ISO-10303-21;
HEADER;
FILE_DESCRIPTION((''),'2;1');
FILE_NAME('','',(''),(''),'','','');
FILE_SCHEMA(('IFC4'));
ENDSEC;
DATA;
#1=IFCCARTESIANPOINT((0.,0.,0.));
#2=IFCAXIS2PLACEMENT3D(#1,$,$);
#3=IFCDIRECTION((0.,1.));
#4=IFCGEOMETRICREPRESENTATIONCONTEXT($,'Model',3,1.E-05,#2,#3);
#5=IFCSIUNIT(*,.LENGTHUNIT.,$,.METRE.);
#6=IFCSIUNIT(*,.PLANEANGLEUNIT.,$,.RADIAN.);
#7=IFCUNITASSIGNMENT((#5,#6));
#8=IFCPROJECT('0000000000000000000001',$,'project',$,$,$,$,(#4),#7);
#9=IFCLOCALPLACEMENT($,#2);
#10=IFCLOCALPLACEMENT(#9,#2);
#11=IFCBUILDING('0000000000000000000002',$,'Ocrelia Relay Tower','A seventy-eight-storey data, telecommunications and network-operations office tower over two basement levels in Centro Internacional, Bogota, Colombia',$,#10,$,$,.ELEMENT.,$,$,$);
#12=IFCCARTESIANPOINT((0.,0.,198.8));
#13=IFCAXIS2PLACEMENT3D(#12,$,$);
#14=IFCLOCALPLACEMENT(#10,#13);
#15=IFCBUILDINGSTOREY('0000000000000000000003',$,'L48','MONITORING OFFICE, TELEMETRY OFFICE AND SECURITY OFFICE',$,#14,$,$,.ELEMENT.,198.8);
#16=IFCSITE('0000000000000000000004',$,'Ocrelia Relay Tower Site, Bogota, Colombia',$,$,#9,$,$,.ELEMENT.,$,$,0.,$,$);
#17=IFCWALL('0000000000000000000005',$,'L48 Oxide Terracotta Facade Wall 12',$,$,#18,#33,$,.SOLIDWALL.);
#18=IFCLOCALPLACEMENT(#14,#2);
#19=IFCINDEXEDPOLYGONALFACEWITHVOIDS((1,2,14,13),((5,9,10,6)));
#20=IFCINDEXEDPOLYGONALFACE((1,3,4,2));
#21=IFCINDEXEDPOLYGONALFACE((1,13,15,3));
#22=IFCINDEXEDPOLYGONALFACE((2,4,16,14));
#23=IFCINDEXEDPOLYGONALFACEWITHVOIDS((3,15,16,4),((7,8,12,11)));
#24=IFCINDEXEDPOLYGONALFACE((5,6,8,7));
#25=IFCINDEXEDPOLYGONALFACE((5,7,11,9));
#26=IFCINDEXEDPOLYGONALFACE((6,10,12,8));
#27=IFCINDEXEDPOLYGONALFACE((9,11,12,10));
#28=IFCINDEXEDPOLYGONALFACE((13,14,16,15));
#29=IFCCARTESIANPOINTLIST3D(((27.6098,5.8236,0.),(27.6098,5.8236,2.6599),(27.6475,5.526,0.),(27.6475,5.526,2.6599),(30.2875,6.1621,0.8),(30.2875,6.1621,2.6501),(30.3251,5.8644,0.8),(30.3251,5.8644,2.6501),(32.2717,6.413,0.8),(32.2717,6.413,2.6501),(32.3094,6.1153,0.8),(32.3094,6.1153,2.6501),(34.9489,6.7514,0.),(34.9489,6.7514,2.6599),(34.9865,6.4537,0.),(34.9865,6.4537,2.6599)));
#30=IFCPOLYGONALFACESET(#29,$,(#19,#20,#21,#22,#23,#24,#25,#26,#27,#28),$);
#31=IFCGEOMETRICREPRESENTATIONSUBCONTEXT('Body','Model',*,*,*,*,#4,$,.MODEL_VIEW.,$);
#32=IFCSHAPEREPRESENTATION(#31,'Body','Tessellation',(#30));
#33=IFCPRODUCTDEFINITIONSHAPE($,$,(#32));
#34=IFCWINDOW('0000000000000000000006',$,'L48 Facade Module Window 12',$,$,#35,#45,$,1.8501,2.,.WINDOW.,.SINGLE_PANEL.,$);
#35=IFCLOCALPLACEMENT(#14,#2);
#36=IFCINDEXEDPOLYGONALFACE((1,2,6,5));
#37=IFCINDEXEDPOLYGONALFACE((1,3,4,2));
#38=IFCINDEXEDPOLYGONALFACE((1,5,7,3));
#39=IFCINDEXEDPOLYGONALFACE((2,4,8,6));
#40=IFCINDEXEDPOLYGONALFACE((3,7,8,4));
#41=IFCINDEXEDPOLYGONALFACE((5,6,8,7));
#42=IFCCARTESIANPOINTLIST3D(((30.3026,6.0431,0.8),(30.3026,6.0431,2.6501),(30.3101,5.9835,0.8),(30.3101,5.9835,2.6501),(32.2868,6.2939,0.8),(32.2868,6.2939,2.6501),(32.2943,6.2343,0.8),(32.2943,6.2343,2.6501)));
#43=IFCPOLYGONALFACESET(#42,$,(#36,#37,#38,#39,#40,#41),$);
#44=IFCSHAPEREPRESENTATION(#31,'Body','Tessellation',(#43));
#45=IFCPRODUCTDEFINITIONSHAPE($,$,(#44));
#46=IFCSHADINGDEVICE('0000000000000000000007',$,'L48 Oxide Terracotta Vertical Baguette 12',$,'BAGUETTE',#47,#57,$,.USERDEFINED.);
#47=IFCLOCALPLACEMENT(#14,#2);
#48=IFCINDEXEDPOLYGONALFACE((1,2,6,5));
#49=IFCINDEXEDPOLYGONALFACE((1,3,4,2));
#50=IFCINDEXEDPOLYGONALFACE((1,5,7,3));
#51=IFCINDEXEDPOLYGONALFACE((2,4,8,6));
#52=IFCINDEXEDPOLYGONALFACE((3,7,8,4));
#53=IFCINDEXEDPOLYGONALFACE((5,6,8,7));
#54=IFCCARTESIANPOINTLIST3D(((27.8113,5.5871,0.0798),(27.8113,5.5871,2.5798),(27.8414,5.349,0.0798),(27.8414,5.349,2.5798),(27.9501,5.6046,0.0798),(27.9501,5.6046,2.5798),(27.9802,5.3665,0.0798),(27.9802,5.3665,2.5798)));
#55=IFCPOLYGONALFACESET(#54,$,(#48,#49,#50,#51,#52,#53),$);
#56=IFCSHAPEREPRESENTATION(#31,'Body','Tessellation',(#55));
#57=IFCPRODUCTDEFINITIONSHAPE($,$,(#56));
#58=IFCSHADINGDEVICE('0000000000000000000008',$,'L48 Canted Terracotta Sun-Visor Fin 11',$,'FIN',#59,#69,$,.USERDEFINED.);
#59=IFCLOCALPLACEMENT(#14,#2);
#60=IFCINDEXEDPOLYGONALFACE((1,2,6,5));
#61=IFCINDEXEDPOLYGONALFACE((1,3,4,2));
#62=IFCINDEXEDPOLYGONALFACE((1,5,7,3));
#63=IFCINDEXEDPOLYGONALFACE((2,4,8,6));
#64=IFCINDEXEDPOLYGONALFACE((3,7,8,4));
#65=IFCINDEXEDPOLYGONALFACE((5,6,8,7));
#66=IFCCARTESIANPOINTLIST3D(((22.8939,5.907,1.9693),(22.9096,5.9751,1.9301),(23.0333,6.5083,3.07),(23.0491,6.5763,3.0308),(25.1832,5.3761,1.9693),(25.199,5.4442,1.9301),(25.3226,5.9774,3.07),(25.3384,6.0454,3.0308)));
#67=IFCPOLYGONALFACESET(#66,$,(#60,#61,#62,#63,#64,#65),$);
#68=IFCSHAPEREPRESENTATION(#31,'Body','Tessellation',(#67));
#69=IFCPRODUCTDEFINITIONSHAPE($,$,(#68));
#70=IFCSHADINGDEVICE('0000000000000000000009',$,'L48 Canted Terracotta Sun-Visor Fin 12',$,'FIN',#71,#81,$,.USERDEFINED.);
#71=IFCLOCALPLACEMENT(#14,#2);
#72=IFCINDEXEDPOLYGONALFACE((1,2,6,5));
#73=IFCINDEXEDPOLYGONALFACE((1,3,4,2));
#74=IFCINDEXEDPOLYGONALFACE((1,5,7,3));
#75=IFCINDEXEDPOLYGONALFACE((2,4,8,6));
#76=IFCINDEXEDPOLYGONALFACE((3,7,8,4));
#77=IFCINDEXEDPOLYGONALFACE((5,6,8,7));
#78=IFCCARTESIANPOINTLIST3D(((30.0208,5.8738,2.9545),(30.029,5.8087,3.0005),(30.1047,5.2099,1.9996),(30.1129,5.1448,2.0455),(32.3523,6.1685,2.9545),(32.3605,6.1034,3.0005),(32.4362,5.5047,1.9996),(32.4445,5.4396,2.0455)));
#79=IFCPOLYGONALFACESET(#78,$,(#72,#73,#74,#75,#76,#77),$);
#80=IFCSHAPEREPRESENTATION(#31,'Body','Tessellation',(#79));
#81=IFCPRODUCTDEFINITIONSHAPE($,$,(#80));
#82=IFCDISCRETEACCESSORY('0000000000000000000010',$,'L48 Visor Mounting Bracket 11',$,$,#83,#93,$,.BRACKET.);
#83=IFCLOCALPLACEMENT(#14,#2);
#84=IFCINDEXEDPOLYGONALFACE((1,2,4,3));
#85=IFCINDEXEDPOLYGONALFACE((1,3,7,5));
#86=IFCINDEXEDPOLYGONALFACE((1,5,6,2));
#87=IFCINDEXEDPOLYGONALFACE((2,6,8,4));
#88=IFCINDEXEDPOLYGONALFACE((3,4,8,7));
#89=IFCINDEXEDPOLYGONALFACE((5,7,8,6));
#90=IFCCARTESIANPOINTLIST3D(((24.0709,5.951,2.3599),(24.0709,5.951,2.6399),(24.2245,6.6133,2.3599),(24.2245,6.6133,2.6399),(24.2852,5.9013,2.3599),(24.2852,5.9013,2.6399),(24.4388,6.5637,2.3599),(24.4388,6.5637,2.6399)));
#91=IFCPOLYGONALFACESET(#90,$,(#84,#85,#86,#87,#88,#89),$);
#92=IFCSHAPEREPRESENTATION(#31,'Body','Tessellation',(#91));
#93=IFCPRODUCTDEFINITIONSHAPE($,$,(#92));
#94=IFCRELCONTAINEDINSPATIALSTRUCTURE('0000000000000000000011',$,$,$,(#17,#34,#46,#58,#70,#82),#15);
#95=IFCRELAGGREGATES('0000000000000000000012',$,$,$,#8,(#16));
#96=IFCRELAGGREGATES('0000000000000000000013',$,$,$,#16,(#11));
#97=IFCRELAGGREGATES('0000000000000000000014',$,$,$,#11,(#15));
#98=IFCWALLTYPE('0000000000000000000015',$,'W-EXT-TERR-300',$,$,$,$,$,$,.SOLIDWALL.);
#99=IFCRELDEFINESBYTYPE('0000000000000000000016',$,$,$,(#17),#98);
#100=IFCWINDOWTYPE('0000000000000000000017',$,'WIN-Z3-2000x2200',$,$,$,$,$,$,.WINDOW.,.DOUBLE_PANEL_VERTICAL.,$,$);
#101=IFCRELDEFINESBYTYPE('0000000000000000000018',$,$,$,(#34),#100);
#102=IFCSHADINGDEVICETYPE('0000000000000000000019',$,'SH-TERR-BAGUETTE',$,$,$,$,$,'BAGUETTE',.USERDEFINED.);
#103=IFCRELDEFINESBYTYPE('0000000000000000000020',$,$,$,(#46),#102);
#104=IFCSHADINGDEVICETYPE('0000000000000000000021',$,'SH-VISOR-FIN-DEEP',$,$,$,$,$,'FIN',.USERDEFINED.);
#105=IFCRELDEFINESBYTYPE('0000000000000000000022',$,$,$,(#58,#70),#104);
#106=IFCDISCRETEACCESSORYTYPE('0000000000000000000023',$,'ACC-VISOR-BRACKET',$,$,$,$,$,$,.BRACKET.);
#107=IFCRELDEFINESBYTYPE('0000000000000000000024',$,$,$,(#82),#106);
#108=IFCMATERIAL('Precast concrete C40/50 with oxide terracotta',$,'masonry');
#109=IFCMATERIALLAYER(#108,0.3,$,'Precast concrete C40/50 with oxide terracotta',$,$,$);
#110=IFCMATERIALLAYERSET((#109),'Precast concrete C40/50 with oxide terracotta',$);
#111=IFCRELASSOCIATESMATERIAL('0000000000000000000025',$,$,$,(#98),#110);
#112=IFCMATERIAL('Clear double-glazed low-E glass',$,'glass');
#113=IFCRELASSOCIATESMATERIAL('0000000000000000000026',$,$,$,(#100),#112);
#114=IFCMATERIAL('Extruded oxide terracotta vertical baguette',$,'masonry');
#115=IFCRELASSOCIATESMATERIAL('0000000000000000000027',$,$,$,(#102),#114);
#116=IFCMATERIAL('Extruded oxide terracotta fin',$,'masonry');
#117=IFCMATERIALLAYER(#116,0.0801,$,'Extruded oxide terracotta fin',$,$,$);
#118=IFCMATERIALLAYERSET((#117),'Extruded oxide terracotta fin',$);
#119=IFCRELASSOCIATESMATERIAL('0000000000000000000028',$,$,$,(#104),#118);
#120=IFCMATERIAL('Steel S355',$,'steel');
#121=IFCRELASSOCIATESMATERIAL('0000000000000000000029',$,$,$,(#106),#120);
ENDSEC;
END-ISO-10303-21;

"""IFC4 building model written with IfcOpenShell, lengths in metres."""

from ifc_helpers import new_model, si_unit, direction, frame, frame_2d, origin, origin_2d, place, context, subcontext, project, spatial, rectangle, extrude, material, layer, layer_set, type_object, element, fill, save


model = new_model("IFC4")

# Units and contexts
model_context = context("Model", 3, precision=1e-05, world=origin(), true_north=direction((0.0, 1.0)))
body_context = subcontext(model_context, "Body", "Model", "MODEL_VIEW")
ifc_project = project(units=[si_unit("LENGTHUNIT", "METRE"), si_unit("PLANEANGLEUNIT", "RADIAN")], contexts=[model_context])

# Site, building, storey
site_placement = place(None, origin())
site = spatial("IfcSite", under=ifc_project, at=site_placement, Name="Ocrelia Relay Tower Site, Bogota, Colombia", CompositionType="ELEMENT", RefElevation=0.0)
building_placement = place(site_placement, origin())
building = spatial("IfcBuilding", under=site, at=building_placement, Name="Ocrelia Relay Tower", Description="A seventy-eight-storey data, telecommunications and network-operations office tower over two basement levels in Centro Internacional, Bogota, Colombia", CompositionType="ELEMENT")
storey_placement = place(building_placement, frame((0.0, 0.0, 198.8)))
storey = spatial("IfcBuildingStorey", under=building, at=storey_placement, Name="L48", Description="MONITORING OFFICE, TELEMETRY OFFICE AND SECURITY OFFICE", CompositionType="ELEMENT", Elevation=198.8)

# Shared definitions
ifc_material_1 = material(Name="Steel S355", Category="steel")

# Wall, opening, window
ifc_material_2 = material(Name="Precast concrete C40/50 with oxide terracotta", Category="masonry")
ifc_layer_1 = layer(ifc_material_2, 0.3, Name="Precast concrete C40/50 with oxide terracotta")
ifc_layer_set_1 = layer_set([ifc_layer_1], Name="Precast concrete C40/50 with oxide terracotta")
wall_type_1 = type_object("IfcWallType", Name="W-EXT-TERR-300", PredefinedType="SOLIDWALL", material=ifc_layer_set_1)
wall_1_placement = place(storey_placement, frame((27.6287, 5.6748, 0.0), z_axis=(0.0, 0.0, 1.0), x_axis=(0.992105, 0.125412, 0.0)))
wall_1 = element("IfcWall", 1, at=wall_1_placement, inside=storey, type_object=wall_type_1, Name="L48 Oxide Terracotta Facade Wall 12", PredefinedType="SOLIDWALL", context=body_context, shape_type="SweptSolid", body=[
    extrude(rectangle(XDim=7.3975, YDim=0.3, at=frame_2d((3.6987, 0.0))), origin(), (0.0, 0.0, 1.0), 2.6599),
])
opening_placement = place(wall_1_placement, frame((2.699, 0.0, 0.8)))
opening = element("IfcOpeningElement", 2, at=opening_placement, cuts=wall_1, PredefinedType="OPENING", context=body_context, shape_type="SweptSolid", body=[
    extrude(rectangle(XDim=2.0, YDim=1.8501, at=frame_2d((1.0, 0.925))), frame((0.0, 0.1602, 0.0), z_axis=(0.0, -1.0, 0.0), x_axis=(1.0, 0.0, 0.0)), (0.0, 0.0, 1.0), 0.3201),
])
ifc_material_3 = material(Name="Clear double-glazed low-E glass", Category="glass")
window_type = type_object("IfcWindowType", Name="WIN-Z3-2000x2200", PartitioningType="DOUBLE_PANEL_VERTICAL", PredefinedType="WINDOW", material=ifc_material_3)
window_placement = place(opening_placement, origin())
window = element("IfcWindow", 3, at=window_placement, inside=storey, type_object=window_type, Name="L48 Facade Module Window 12", OverallHeight=1.8501, OverallWidth=2.0, PartitioningType="SINGLE_PANEL", PredefinedType="WINDOW", context=body_context, shape_type="SweptSolid", body=[
    extrude(rectangle(XDim=2.0, YDim=1.8501, at=frame_2d((1.0, 0.925))), frame((0.0, 0.03, 0.0), z_axis=(0.0, -1.0, 0.0), x_axis=(1.0, 0.0, 0.0)), (0.0, 0.0, 1.0), 0.0601),
])
fill(opening, window)

# Shading devices
ifc_material_4 = material(Name="Extruded oxide terracotta vertical baguette", Category="masonry")
shading_device_type_1 = type_object("IfcShadingDeviceType", Name="SH-TERR-BAGUETTE", ElementType="BAGUETTE", PredefinedType="USERDEFINED", material=ifc_material_4)
shading_device_1_placement = place(storey_placement, frame((27.8958, 5.4768, 0.0798), z_axis=(0.0, 0.0, 1.0), x_axis=(0.992104, 0.125421, 0.0)))
element("IfcShadingDevice", 4, at=shading_device_1_placement, inside=storey, type_object=shading_device_type_1, Name="L48 Oxide Terracotta Vertical Baguette 12", ObjectType="BAGUETTE", PredefinedType="USERDEFINED", context=body_context, shape_type="SweptSolid", body=[
    extrude(rectangle(XDim=0.1399, YDim=0.24, at=origin_2d()), origin(), (0.0, 0.0, 1.0), 2.5),
])
ifc_material_5 = material(Name="Extruded oxide terracotta fin", Category="masonry")
ifc_layer_2 = layer(ifc_material_5, 0.0801, Name="Extruded oxide terracotta fin")
ifc_layer_set_2 = layer_set([ifc_layer_2], Name="Extruded oxide terracotta fin")
shading_device_type_2 = type_object("IfcShadingDeviceType", Name="SH-VISOR-FIN-DEEP", ElementType="FIN", PredefinedType="USERDEFINED", material=ifc_layer_set_2)
shading_device_2_placement = place(storey_placement, frame((24.124, 6.0103, 2.4805), z_axis=(-0.19705, -0.84969, 0.489078), x_axis=(0.974148, -0.225913, 0.0)))
element("IfcShadingDevice", 5, at=shading_device_2_placement, inside=storey, type_object=shading_device_type_2, Name="L48 Canted Terracotta Sun-Visor Fin 11", ObjectType="FIN", PredefinedType="USERDEFINED", context=body_context, shape_type="SweptSolid", body=[
    extrude(rectangle(XDim=2.3501, YDim=1.262, at=origin_2d()), origin(), (0.0, 0.0, 1.0), 0.0801),
])
shading_device_3_placement = place(storey_placement, frame((31.2285, 5.6892, 2.4771), z_axis=(0.102713, -0.812485, 0.573862), x_axis=(0.992104, 0.125421, 0.0)))
element("IfcShadingDevice", 6, at=shading_device_3_placement, inside=storey, type_object=shading_device_type_2, Name="L48 Canted Terracotta Sun-Visor Fin 12", ObjectType="FIN", PredefinedType="USERDEFINED", context=body_context, shape_type="SweptSolid", body=[
    extrude(rectangle(XDim=2.3501, YDim=1.166, at=origin_2d()), origin(), (0.0, 0.0, 1.0), 0.0801),
])

# Discrete accessory
discrete_accessory_type = type_object("IfcDiscreteAccessoryType", Name="ACC-VISOR-BRACKET", PredefinedType="BRACKET", material=ifc_material_1)
discrete_accessory_placement = place(storey_placement, frame((24.2549, 6.2573, 2.3599), z_axis=(0.0, 0.0, 1.0), x_axis=(0.974148, -0.225913, 0.0)))
element("IfcDiscreteAccessory", 7, at=discrete_accessory_placement, inside=storey, type_object=discrete_accessory_type, Name="L48 Visor Mounting Bracket 11", PredefinedType="BRACKET", context=body_context, shape_type="SweptSolid", body=[
    extrude(rectangle(XDim=0.22, YDim=0.6799, at=origin_2d()), origin(), (0.0, 0.0, 1.0), 0.28),
])

save(model, "model.ifc")
